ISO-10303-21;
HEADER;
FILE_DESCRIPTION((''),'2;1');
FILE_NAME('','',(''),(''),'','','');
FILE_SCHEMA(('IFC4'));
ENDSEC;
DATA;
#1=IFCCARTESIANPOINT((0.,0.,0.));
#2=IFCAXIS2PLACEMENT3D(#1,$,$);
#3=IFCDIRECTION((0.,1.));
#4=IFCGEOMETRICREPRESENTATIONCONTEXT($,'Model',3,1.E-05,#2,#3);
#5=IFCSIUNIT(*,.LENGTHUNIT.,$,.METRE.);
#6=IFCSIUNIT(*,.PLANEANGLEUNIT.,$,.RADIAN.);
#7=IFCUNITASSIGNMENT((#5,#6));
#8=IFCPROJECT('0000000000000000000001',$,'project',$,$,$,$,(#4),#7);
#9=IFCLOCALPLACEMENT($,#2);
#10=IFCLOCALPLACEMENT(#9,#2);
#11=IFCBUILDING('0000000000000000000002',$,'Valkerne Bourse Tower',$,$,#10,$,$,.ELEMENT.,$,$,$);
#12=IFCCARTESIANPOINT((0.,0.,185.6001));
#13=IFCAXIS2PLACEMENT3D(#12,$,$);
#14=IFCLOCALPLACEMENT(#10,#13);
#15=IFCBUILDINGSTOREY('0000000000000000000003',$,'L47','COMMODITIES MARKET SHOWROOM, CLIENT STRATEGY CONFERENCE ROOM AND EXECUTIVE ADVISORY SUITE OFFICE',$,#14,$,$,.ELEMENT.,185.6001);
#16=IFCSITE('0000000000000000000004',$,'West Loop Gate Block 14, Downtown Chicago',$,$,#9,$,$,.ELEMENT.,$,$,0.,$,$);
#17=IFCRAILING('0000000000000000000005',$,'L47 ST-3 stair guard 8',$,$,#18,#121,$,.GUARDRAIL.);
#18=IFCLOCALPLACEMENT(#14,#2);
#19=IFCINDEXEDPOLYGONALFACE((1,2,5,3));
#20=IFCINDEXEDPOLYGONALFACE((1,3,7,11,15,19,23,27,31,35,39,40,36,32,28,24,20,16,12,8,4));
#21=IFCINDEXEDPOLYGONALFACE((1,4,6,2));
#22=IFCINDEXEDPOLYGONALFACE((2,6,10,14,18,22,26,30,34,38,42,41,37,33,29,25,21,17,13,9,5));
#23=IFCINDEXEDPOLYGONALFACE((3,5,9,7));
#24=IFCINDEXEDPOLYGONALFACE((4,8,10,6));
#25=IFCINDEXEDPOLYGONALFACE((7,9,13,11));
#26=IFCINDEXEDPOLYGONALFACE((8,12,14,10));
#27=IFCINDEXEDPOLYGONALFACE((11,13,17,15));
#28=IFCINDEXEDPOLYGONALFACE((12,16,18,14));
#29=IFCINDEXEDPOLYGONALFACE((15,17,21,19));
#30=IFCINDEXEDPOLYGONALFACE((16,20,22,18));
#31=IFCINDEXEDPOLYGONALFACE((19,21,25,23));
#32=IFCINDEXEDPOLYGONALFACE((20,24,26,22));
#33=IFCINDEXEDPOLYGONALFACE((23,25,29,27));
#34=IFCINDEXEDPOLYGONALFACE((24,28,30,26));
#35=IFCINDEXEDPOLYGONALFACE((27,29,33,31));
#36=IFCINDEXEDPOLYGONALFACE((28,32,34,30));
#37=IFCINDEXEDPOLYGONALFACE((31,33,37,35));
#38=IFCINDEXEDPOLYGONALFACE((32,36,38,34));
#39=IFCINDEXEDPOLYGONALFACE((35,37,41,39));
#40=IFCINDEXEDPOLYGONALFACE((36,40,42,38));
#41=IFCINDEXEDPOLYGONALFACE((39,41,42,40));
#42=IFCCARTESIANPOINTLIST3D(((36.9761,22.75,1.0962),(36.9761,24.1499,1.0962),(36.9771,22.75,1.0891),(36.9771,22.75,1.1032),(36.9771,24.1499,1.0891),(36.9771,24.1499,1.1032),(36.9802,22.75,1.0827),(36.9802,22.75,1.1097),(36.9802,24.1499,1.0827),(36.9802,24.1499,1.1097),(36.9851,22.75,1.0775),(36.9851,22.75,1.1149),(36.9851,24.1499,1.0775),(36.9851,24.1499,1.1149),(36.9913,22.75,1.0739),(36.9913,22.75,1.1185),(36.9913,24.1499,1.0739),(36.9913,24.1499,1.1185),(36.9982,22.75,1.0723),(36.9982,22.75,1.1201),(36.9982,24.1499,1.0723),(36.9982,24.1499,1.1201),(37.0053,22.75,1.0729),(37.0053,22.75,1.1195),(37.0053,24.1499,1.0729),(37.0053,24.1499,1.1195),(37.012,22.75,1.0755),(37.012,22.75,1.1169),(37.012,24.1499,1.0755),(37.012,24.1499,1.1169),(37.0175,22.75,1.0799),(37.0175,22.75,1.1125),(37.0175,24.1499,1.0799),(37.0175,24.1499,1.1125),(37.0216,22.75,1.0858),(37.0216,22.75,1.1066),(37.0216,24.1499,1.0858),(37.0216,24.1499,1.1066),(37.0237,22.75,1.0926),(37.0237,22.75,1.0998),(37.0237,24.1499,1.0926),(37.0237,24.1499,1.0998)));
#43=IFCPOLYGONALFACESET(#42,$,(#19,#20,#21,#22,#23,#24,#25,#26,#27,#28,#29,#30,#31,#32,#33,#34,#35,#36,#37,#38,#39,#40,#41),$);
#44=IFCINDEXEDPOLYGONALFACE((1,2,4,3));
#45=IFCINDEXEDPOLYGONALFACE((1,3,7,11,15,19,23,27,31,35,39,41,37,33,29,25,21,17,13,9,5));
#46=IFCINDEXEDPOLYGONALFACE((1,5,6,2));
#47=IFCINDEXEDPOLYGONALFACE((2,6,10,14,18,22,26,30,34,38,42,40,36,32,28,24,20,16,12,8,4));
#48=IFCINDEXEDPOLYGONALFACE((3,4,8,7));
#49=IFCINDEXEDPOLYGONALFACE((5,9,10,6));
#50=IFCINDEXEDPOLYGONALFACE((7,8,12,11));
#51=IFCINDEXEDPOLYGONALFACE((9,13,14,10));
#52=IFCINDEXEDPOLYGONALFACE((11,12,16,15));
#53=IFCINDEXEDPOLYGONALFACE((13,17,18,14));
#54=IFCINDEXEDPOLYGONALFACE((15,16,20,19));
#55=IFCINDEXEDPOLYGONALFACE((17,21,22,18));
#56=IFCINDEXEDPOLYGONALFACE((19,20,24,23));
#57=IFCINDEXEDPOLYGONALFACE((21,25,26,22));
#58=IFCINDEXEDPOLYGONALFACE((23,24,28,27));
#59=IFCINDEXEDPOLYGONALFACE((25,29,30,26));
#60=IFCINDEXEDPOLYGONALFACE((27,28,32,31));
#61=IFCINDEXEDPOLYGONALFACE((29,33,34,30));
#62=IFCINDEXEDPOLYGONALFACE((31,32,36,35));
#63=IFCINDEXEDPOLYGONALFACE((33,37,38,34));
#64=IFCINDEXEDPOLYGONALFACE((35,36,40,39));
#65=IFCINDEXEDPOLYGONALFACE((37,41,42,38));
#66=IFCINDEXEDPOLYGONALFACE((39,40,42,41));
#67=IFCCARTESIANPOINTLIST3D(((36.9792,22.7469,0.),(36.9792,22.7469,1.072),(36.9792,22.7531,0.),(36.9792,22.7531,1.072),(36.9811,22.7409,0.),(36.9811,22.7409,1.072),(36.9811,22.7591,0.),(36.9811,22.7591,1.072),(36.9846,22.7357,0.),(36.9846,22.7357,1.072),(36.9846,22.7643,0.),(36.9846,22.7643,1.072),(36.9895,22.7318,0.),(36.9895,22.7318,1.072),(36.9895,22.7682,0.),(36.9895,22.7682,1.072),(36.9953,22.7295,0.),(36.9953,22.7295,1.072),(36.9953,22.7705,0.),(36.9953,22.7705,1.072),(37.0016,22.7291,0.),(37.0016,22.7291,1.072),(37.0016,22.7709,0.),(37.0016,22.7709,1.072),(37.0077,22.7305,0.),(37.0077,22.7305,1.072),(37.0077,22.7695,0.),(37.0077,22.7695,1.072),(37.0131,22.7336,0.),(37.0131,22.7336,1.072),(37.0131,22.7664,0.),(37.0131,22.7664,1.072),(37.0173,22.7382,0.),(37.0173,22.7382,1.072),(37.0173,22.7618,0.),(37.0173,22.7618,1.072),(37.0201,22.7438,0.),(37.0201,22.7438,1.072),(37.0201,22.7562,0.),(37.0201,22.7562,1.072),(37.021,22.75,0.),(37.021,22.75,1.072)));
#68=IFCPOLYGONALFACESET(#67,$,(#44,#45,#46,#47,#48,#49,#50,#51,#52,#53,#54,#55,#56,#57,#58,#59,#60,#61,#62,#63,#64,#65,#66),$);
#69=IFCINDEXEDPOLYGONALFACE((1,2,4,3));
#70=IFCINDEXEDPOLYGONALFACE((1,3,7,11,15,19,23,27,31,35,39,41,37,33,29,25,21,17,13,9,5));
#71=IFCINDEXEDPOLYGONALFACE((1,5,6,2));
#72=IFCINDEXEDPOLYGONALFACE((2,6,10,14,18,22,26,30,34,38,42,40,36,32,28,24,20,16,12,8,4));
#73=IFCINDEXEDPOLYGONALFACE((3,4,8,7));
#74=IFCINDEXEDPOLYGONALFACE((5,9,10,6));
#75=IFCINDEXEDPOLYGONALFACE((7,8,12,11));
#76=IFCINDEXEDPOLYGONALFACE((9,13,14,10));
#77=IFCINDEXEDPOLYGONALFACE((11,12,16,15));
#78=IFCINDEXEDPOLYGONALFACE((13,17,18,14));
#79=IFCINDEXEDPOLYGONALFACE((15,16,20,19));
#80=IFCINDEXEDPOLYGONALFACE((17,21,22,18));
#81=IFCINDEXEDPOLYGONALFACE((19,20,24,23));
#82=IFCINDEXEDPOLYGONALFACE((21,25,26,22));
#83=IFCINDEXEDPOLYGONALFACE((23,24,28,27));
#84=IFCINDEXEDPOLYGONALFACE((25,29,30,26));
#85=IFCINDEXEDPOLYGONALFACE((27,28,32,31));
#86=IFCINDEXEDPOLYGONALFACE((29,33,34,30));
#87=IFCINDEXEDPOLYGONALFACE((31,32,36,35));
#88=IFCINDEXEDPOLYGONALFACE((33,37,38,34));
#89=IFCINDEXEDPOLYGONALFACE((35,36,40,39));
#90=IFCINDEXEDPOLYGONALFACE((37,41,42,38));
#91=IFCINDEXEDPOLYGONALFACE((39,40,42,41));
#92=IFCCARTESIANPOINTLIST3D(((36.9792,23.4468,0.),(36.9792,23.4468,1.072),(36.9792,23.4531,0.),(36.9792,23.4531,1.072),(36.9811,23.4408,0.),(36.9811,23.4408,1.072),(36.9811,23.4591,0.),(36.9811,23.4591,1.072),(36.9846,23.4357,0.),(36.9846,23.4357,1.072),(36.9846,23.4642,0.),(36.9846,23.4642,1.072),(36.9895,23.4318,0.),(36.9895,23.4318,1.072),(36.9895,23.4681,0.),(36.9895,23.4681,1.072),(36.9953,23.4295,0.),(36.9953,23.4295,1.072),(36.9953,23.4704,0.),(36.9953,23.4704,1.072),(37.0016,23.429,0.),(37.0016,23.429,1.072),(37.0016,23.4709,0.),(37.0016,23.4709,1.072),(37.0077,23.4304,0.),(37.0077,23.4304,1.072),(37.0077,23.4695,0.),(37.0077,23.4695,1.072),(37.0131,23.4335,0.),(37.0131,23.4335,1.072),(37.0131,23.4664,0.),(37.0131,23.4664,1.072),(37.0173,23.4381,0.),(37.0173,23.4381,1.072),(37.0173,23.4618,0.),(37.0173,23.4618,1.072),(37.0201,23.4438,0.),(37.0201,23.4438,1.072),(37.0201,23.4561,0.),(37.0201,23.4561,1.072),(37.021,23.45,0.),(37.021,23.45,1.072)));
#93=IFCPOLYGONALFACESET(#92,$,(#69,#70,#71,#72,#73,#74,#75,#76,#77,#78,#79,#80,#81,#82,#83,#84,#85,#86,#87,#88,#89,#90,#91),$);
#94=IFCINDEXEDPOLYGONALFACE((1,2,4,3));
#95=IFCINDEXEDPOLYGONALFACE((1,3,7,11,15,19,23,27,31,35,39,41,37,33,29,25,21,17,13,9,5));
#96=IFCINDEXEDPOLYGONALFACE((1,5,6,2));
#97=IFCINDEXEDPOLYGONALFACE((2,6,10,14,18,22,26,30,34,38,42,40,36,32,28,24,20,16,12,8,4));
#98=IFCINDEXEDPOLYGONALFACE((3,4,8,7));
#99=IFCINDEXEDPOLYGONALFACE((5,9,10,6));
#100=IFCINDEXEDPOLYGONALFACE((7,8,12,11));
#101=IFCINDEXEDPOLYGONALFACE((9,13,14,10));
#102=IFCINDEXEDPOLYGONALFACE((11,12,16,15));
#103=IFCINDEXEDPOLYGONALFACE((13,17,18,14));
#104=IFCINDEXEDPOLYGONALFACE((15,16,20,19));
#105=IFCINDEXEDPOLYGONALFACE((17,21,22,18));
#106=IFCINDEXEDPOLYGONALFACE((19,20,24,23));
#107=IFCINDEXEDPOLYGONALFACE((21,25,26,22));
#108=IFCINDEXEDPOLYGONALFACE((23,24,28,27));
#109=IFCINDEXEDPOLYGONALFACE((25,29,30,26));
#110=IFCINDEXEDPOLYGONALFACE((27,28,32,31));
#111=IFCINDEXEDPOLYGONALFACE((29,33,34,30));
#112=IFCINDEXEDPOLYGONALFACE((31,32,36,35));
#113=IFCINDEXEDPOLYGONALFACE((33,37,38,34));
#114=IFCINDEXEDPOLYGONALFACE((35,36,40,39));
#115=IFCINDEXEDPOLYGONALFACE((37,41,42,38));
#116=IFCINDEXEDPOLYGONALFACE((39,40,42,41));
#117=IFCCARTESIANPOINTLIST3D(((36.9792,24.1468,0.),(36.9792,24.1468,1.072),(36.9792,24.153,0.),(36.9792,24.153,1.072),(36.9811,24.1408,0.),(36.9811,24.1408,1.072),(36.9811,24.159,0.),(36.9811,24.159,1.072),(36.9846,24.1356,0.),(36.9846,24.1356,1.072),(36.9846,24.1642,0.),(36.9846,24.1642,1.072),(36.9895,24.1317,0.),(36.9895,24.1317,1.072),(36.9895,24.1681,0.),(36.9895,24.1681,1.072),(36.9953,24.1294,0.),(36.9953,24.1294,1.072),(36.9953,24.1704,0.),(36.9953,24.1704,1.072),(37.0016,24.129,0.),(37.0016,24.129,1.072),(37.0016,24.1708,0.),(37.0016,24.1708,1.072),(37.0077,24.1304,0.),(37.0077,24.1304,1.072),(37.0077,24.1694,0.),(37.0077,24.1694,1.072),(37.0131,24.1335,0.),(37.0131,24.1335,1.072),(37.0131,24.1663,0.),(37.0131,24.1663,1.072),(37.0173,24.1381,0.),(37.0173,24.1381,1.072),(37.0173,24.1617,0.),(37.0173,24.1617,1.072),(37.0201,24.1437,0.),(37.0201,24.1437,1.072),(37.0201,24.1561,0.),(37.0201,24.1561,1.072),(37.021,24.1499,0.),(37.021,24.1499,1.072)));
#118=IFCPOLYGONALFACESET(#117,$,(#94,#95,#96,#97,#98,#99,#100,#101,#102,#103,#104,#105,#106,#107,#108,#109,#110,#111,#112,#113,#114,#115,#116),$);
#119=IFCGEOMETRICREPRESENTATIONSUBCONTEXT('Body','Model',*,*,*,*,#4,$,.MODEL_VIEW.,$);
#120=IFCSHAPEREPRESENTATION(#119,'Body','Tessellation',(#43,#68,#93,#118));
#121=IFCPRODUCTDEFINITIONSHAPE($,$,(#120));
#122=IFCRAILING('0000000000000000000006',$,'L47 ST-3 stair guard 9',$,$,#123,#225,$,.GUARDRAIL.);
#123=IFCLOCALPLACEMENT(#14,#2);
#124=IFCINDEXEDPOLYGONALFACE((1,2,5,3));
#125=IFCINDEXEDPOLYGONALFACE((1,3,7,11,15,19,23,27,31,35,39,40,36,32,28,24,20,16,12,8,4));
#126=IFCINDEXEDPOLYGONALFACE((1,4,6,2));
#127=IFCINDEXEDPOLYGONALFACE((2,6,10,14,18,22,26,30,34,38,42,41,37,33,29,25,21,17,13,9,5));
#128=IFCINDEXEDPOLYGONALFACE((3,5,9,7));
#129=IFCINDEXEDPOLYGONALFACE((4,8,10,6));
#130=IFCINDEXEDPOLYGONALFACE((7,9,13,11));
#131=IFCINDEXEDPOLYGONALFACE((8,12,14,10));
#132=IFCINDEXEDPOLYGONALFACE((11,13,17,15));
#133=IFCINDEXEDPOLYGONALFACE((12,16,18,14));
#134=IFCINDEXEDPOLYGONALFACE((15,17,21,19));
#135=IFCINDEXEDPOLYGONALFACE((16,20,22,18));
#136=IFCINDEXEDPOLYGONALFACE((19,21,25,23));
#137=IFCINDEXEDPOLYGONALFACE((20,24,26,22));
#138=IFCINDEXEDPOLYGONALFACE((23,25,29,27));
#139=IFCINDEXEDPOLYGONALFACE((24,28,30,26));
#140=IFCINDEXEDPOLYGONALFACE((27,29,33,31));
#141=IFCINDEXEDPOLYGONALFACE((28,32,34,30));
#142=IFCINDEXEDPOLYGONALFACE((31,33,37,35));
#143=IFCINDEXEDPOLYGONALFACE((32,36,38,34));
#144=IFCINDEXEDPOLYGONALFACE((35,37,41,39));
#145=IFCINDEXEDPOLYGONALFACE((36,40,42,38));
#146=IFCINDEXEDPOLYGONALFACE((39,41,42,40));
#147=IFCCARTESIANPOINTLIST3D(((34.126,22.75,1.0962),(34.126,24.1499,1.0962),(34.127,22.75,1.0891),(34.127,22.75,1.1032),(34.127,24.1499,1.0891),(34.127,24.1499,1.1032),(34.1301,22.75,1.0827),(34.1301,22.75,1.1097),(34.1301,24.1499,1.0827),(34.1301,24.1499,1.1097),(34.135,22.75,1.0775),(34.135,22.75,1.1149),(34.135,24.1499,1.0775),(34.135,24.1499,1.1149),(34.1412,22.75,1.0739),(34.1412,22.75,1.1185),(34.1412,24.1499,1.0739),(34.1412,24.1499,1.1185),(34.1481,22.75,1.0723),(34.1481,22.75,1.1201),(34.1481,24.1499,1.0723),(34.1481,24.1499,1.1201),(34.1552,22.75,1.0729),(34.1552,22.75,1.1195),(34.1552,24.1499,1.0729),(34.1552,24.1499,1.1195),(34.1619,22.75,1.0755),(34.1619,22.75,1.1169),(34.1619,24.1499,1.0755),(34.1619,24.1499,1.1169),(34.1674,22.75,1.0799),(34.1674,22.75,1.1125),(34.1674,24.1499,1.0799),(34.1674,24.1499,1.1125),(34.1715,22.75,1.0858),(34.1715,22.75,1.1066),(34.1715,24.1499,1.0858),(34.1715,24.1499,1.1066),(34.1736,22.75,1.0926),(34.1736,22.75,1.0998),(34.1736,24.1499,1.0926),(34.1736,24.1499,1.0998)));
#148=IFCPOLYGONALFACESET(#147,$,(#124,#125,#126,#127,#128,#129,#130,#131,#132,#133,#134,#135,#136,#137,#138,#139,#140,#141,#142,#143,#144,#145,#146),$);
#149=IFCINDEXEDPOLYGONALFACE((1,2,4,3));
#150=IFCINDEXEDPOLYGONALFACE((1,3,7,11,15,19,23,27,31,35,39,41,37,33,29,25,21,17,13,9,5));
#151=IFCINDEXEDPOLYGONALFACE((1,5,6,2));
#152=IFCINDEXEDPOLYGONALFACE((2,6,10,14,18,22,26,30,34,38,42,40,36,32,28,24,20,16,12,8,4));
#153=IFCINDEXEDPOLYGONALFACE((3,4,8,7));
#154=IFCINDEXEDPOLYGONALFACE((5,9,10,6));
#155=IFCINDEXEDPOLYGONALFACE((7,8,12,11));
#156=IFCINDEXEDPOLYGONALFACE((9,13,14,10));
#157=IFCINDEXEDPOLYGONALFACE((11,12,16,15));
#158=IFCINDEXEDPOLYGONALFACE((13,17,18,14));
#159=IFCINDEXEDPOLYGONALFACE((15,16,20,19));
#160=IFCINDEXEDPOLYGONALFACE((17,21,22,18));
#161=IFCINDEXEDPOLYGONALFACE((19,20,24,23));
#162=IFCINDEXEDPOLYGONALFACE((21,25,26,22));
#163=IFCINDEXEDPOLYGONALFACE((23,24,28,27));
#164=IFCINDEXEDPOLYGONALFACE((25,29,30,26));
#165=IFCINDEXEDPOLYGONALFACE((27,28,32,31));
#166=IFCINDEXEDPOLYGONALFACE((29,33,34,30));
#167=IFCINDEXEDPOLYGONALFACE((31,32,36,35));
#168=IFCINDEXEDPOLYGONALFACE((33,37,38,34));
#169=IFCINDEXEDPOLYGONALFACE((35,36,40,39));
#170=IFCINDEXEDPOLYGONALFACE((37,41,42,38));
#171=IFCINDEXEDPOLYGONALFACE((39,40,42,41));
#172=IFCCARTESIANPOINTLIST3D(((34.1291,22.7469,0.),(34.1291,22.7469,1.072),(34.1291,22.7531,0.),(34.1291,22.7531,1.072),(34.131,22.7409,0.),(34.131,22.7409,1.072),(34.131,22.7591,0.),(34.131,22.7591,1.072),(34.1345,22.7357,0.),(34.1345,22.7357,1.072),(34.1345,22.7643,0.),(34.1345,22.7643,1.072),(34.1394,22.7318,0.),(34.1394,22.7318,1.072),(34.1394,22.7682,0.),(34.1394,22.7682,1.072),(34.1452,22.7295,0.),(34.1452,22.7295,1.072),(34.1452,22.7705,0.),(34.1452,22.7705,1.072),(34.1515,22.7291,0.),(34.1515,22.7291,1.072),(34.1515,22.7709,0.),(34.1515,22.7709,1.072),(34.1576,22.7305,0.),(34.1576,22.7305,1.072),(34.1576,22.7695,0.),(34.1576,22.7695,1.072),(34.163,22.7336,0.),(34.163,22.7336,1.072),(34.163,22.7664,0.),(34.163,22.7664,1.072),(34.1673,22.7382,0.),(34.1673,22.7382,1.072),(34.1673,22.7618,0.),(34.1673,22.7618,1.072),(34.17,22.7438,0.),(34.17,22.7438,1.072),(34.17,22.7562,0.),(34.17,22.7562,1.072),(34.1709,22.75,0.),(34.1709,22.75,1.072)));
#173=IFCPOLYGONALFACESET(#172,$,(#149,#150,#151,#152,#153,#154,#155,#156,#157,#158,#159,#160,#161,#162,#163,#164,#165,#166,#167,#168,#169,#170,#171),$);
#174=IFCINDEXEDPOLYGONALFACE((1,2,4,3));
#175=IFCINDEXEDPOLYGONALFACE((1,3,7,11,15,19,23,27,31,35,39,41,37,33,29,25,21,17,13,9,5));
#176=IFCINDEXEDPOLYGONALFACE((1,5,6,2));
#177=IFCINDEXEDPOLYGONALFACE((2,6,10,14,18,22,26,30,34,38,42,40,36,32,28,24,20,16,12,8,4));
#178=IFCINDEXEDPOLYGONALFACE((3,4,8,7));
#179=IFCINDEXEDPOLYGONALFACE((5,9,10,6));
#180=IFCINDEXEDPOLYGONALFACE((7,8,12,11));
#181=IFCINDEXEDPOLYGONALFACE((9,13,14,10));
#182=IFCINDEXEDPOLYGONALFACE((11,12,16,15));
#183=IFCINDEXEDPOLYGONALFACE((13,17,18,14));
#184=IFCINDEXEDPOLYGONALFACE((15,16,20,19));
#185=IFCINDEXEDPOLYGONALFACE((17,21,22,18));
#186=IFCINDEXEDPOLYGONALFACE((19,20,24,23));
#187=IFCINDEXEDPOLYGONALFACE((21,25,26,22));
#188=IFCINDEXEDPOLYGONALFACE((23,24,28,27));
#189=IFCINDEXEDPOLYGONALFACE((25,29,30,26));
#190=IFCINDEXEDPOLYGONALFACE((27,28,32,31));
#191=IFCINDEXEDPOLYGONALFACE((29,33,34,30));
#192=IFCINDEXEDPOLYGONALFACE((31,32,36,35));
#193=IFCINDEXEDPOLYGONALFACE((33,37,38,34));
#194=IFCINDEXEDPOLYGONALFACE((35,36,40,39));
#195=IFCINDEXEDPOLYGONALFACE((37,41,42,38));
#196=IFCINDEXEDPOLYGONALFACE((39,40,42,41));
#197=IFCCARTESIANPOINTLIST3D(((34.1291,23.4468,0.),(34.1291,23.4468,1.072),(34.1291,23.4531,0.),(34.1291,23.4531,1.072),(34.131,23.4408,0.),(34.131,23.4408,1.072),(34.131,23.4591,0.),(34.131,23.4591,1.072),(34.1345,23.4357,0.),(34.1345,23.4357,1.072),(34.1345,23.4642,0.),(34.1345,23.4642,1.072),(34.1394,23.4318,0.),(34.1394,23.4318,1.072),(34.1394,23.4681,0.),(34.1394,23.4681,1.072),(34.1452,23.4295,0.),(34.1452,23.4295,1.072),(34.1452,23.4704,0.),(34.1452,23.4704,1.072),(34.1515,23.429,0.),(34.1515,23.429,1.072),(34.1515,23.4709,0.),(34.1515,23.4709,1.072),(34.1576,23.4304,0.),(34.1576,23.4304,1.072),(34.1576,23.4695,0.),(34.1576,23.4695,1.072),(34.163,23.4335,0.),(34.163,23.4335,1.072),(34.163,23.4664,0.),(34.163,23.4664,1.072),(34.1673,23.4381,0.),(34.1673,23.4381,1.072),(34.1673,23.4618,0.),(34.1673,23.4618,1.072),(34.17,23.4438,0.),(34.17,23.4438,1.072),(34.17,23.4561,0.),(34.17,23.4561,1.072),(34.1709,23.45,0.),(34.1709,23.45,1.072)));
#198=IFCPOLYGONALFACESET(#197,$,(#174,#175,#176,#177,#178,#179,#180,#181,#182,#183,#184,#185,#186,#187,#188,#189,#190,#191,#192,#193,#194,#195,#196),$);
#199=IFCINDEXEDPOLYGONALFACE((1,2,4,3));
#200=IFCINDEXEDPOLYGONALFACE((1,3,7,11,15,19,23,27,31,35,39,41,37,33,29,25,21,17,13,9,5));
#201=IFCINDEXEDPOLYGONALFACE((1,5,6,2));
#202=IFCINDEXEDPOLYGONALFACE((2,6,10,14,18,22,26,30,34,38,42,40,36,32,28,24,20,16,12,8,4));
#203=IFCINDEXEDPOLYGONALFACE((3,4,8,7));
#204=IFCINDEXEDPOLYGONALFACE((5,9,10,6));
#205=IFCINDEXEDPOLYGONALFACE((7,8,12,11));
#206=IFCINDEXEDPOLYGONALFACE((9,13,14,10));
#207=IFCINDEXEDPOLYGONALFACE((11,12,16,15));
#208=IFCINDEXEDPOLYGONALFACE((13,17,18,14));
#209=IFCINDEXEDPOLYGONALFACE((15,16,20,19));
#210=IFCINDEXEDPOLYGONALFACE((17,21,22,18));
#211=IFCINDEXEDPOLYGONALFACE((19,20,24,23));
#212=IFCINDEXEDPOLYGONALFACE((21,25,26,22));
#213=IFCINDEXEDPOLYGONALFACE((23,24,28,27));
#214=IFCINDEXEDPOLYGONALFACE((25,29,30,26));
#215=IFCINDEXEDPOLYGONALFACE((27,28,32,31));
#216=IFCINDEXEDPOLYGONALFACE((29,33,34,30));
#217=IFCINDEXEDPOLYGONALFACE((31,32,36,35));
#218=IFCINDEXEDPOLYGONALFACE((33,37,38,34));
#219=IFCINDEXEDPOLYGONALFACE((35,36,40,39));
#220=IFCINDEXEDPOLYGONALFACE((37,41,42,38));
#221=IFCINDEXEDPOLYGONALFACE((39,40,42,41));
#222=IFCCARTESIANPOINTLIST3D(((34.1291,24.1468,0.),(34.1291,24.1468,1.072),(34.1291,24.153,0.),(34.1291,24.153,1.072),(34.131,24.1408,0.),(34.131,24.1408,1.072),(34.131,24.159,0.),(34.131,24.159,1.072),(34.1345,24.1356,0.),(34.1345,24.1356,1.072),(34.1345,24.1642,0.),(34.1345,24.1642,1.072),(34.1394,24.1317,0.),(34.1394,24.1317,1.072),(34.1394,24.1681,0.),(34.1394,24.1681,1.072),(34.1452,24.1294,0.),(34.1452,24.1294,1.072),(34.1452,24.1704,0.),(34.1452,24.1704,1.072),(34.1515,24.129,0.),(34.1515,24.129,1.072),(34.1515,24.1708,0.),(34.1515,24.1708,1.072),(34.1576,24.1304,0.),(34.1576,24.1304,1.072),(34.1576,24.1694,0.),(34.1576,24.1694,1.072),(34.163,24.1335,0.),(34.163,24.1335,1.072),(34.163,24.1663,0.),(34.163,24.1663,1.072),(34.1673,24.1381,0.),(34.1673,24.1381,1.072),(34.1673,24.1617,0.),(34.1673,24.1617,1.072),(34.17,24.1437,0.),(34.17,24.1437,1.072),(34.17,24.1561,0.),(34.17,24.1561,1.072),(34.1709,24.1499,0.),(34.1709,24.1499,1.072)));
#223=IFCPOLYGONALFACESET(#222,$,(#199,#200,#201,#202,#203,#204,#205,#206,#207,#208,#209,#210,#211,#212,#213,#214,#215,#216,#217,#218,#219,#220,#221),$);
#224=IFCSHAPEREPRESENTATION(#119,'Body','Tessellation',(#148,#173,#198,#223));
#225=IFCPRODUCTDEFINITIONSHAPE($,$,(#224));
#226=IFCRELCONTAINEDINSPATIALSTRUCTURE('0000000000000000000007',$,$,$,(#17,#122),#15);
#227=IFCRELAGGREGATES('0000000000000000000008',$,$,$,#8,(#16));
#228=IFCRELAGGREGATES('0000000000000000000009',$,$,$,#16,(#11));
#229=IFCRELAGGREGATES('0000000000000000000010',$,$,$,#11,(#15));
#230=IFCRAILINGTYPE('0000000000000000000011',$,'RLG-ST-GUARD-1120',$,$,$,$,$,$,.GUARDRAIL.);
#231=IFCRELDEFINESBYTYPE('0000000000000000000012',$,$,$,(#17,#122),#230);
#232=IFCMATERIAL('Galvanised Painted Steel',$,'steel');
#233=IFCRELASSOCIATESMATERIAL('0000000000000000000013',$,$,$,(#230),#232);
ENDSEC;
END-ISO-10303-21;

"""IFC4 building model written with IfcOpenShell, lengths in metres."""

from ifc_helpers import new_model, si_unit, direction, frame, origin, origin_2d, place, context, subcontext, project, spatial, circle, extrude, material, type_object, element, save


model = new_model("IFC4")

# Units and contexts
model_context = context("Model", 3, precision=1e-05, world=origin(), true_north=direction((0.0, 1.0)))
body_context = subcontext(model_context, "Body", "Model", "MODEL_VIEW")
ifc_project = project(units=[si_unit("LENGTHUNIT", "METRE"), si_unit("PLANEANGLEUNIT", "RADIAN")], contexts=[model_context])

# Site, building, storey
site_placement = place(None, origin())
site = spatial("IfcSite", under=ifc_project, at=site_placement, Name="West Loop Gate Block 14, Downtown Chicago", CompositionType="ELEMENT", RefElevation=0.0)
building_placement = place(site_placement, origin())
building = spatial("IfcBuilding", under=site, at=building_placement, Name="Valkerne Bourse Tower", CompositionType="ELEMENT")
storey_placement = place(building_placement, frame((0.0, 0.0, 185.6001)))
storey = spatial("IfcBuildingStorey", under=building, at=storey_placement, Name="L47", Description="COMMODITIES MARKET SHOWROOM, CLIENT STRATEGY CONFERENCE ROOM AND EXECUTIVE ADVISORY SUITE OFFICE", CompositionType="ELEMENT", Elevation=185.6001)

# Shared definitions
ifc_material_1 = material(Name="Galvanised Painted Steel", Category="steel")

# Railings
railing_type_1 = type_object("IfcRailingType", Name="RLG-ST-GUARD-1120", PredefinedType="GUARDRAIL", material=ifc_material_1)
for number, where, name in (
    (1, (37.0, 22.75, 0.0), "L47 ST-3 stair guard 8"),
    (2, (34.1499, 22.75, 0.0), "L47 ST-3 stair guard 9"),
):
    element("IfcRailing", number, at=place(storey_placement, frame(where)), inside=storey, type_object=railing_type_1, Name=name, PredefinedType="GUARDRAIL", context=body_context, shape_type="SweptSolid", body=[
        extrude(circle(Radius=0.0239, at=origin_2d()), frame((0.0, 0.0, 1.0962), z_axis=(0.0, 1.0, 0.0), x_axis=(-1.0, 0.0, 0.0)), (0.0, 0.0, 1.0), 1.3999),
        extrude(circle(Radius=0.021, at=origin_2d()), origin(), (0.0, 0.0, 1.0), 1.072),
        extrude(circle(Radius=0.021, at=origin_2d()), frame((0.0, 0.7, 0.0)), (0.0, 0.0, 1.0), 1.072),
        extrude(circle(Radius=0.021, at=origin_2d()), frame((0.0, 1.3999, 0.0)), (0.0, 0.0, 1.0), 1.072),
    ])

save(model, "model.ifc")
